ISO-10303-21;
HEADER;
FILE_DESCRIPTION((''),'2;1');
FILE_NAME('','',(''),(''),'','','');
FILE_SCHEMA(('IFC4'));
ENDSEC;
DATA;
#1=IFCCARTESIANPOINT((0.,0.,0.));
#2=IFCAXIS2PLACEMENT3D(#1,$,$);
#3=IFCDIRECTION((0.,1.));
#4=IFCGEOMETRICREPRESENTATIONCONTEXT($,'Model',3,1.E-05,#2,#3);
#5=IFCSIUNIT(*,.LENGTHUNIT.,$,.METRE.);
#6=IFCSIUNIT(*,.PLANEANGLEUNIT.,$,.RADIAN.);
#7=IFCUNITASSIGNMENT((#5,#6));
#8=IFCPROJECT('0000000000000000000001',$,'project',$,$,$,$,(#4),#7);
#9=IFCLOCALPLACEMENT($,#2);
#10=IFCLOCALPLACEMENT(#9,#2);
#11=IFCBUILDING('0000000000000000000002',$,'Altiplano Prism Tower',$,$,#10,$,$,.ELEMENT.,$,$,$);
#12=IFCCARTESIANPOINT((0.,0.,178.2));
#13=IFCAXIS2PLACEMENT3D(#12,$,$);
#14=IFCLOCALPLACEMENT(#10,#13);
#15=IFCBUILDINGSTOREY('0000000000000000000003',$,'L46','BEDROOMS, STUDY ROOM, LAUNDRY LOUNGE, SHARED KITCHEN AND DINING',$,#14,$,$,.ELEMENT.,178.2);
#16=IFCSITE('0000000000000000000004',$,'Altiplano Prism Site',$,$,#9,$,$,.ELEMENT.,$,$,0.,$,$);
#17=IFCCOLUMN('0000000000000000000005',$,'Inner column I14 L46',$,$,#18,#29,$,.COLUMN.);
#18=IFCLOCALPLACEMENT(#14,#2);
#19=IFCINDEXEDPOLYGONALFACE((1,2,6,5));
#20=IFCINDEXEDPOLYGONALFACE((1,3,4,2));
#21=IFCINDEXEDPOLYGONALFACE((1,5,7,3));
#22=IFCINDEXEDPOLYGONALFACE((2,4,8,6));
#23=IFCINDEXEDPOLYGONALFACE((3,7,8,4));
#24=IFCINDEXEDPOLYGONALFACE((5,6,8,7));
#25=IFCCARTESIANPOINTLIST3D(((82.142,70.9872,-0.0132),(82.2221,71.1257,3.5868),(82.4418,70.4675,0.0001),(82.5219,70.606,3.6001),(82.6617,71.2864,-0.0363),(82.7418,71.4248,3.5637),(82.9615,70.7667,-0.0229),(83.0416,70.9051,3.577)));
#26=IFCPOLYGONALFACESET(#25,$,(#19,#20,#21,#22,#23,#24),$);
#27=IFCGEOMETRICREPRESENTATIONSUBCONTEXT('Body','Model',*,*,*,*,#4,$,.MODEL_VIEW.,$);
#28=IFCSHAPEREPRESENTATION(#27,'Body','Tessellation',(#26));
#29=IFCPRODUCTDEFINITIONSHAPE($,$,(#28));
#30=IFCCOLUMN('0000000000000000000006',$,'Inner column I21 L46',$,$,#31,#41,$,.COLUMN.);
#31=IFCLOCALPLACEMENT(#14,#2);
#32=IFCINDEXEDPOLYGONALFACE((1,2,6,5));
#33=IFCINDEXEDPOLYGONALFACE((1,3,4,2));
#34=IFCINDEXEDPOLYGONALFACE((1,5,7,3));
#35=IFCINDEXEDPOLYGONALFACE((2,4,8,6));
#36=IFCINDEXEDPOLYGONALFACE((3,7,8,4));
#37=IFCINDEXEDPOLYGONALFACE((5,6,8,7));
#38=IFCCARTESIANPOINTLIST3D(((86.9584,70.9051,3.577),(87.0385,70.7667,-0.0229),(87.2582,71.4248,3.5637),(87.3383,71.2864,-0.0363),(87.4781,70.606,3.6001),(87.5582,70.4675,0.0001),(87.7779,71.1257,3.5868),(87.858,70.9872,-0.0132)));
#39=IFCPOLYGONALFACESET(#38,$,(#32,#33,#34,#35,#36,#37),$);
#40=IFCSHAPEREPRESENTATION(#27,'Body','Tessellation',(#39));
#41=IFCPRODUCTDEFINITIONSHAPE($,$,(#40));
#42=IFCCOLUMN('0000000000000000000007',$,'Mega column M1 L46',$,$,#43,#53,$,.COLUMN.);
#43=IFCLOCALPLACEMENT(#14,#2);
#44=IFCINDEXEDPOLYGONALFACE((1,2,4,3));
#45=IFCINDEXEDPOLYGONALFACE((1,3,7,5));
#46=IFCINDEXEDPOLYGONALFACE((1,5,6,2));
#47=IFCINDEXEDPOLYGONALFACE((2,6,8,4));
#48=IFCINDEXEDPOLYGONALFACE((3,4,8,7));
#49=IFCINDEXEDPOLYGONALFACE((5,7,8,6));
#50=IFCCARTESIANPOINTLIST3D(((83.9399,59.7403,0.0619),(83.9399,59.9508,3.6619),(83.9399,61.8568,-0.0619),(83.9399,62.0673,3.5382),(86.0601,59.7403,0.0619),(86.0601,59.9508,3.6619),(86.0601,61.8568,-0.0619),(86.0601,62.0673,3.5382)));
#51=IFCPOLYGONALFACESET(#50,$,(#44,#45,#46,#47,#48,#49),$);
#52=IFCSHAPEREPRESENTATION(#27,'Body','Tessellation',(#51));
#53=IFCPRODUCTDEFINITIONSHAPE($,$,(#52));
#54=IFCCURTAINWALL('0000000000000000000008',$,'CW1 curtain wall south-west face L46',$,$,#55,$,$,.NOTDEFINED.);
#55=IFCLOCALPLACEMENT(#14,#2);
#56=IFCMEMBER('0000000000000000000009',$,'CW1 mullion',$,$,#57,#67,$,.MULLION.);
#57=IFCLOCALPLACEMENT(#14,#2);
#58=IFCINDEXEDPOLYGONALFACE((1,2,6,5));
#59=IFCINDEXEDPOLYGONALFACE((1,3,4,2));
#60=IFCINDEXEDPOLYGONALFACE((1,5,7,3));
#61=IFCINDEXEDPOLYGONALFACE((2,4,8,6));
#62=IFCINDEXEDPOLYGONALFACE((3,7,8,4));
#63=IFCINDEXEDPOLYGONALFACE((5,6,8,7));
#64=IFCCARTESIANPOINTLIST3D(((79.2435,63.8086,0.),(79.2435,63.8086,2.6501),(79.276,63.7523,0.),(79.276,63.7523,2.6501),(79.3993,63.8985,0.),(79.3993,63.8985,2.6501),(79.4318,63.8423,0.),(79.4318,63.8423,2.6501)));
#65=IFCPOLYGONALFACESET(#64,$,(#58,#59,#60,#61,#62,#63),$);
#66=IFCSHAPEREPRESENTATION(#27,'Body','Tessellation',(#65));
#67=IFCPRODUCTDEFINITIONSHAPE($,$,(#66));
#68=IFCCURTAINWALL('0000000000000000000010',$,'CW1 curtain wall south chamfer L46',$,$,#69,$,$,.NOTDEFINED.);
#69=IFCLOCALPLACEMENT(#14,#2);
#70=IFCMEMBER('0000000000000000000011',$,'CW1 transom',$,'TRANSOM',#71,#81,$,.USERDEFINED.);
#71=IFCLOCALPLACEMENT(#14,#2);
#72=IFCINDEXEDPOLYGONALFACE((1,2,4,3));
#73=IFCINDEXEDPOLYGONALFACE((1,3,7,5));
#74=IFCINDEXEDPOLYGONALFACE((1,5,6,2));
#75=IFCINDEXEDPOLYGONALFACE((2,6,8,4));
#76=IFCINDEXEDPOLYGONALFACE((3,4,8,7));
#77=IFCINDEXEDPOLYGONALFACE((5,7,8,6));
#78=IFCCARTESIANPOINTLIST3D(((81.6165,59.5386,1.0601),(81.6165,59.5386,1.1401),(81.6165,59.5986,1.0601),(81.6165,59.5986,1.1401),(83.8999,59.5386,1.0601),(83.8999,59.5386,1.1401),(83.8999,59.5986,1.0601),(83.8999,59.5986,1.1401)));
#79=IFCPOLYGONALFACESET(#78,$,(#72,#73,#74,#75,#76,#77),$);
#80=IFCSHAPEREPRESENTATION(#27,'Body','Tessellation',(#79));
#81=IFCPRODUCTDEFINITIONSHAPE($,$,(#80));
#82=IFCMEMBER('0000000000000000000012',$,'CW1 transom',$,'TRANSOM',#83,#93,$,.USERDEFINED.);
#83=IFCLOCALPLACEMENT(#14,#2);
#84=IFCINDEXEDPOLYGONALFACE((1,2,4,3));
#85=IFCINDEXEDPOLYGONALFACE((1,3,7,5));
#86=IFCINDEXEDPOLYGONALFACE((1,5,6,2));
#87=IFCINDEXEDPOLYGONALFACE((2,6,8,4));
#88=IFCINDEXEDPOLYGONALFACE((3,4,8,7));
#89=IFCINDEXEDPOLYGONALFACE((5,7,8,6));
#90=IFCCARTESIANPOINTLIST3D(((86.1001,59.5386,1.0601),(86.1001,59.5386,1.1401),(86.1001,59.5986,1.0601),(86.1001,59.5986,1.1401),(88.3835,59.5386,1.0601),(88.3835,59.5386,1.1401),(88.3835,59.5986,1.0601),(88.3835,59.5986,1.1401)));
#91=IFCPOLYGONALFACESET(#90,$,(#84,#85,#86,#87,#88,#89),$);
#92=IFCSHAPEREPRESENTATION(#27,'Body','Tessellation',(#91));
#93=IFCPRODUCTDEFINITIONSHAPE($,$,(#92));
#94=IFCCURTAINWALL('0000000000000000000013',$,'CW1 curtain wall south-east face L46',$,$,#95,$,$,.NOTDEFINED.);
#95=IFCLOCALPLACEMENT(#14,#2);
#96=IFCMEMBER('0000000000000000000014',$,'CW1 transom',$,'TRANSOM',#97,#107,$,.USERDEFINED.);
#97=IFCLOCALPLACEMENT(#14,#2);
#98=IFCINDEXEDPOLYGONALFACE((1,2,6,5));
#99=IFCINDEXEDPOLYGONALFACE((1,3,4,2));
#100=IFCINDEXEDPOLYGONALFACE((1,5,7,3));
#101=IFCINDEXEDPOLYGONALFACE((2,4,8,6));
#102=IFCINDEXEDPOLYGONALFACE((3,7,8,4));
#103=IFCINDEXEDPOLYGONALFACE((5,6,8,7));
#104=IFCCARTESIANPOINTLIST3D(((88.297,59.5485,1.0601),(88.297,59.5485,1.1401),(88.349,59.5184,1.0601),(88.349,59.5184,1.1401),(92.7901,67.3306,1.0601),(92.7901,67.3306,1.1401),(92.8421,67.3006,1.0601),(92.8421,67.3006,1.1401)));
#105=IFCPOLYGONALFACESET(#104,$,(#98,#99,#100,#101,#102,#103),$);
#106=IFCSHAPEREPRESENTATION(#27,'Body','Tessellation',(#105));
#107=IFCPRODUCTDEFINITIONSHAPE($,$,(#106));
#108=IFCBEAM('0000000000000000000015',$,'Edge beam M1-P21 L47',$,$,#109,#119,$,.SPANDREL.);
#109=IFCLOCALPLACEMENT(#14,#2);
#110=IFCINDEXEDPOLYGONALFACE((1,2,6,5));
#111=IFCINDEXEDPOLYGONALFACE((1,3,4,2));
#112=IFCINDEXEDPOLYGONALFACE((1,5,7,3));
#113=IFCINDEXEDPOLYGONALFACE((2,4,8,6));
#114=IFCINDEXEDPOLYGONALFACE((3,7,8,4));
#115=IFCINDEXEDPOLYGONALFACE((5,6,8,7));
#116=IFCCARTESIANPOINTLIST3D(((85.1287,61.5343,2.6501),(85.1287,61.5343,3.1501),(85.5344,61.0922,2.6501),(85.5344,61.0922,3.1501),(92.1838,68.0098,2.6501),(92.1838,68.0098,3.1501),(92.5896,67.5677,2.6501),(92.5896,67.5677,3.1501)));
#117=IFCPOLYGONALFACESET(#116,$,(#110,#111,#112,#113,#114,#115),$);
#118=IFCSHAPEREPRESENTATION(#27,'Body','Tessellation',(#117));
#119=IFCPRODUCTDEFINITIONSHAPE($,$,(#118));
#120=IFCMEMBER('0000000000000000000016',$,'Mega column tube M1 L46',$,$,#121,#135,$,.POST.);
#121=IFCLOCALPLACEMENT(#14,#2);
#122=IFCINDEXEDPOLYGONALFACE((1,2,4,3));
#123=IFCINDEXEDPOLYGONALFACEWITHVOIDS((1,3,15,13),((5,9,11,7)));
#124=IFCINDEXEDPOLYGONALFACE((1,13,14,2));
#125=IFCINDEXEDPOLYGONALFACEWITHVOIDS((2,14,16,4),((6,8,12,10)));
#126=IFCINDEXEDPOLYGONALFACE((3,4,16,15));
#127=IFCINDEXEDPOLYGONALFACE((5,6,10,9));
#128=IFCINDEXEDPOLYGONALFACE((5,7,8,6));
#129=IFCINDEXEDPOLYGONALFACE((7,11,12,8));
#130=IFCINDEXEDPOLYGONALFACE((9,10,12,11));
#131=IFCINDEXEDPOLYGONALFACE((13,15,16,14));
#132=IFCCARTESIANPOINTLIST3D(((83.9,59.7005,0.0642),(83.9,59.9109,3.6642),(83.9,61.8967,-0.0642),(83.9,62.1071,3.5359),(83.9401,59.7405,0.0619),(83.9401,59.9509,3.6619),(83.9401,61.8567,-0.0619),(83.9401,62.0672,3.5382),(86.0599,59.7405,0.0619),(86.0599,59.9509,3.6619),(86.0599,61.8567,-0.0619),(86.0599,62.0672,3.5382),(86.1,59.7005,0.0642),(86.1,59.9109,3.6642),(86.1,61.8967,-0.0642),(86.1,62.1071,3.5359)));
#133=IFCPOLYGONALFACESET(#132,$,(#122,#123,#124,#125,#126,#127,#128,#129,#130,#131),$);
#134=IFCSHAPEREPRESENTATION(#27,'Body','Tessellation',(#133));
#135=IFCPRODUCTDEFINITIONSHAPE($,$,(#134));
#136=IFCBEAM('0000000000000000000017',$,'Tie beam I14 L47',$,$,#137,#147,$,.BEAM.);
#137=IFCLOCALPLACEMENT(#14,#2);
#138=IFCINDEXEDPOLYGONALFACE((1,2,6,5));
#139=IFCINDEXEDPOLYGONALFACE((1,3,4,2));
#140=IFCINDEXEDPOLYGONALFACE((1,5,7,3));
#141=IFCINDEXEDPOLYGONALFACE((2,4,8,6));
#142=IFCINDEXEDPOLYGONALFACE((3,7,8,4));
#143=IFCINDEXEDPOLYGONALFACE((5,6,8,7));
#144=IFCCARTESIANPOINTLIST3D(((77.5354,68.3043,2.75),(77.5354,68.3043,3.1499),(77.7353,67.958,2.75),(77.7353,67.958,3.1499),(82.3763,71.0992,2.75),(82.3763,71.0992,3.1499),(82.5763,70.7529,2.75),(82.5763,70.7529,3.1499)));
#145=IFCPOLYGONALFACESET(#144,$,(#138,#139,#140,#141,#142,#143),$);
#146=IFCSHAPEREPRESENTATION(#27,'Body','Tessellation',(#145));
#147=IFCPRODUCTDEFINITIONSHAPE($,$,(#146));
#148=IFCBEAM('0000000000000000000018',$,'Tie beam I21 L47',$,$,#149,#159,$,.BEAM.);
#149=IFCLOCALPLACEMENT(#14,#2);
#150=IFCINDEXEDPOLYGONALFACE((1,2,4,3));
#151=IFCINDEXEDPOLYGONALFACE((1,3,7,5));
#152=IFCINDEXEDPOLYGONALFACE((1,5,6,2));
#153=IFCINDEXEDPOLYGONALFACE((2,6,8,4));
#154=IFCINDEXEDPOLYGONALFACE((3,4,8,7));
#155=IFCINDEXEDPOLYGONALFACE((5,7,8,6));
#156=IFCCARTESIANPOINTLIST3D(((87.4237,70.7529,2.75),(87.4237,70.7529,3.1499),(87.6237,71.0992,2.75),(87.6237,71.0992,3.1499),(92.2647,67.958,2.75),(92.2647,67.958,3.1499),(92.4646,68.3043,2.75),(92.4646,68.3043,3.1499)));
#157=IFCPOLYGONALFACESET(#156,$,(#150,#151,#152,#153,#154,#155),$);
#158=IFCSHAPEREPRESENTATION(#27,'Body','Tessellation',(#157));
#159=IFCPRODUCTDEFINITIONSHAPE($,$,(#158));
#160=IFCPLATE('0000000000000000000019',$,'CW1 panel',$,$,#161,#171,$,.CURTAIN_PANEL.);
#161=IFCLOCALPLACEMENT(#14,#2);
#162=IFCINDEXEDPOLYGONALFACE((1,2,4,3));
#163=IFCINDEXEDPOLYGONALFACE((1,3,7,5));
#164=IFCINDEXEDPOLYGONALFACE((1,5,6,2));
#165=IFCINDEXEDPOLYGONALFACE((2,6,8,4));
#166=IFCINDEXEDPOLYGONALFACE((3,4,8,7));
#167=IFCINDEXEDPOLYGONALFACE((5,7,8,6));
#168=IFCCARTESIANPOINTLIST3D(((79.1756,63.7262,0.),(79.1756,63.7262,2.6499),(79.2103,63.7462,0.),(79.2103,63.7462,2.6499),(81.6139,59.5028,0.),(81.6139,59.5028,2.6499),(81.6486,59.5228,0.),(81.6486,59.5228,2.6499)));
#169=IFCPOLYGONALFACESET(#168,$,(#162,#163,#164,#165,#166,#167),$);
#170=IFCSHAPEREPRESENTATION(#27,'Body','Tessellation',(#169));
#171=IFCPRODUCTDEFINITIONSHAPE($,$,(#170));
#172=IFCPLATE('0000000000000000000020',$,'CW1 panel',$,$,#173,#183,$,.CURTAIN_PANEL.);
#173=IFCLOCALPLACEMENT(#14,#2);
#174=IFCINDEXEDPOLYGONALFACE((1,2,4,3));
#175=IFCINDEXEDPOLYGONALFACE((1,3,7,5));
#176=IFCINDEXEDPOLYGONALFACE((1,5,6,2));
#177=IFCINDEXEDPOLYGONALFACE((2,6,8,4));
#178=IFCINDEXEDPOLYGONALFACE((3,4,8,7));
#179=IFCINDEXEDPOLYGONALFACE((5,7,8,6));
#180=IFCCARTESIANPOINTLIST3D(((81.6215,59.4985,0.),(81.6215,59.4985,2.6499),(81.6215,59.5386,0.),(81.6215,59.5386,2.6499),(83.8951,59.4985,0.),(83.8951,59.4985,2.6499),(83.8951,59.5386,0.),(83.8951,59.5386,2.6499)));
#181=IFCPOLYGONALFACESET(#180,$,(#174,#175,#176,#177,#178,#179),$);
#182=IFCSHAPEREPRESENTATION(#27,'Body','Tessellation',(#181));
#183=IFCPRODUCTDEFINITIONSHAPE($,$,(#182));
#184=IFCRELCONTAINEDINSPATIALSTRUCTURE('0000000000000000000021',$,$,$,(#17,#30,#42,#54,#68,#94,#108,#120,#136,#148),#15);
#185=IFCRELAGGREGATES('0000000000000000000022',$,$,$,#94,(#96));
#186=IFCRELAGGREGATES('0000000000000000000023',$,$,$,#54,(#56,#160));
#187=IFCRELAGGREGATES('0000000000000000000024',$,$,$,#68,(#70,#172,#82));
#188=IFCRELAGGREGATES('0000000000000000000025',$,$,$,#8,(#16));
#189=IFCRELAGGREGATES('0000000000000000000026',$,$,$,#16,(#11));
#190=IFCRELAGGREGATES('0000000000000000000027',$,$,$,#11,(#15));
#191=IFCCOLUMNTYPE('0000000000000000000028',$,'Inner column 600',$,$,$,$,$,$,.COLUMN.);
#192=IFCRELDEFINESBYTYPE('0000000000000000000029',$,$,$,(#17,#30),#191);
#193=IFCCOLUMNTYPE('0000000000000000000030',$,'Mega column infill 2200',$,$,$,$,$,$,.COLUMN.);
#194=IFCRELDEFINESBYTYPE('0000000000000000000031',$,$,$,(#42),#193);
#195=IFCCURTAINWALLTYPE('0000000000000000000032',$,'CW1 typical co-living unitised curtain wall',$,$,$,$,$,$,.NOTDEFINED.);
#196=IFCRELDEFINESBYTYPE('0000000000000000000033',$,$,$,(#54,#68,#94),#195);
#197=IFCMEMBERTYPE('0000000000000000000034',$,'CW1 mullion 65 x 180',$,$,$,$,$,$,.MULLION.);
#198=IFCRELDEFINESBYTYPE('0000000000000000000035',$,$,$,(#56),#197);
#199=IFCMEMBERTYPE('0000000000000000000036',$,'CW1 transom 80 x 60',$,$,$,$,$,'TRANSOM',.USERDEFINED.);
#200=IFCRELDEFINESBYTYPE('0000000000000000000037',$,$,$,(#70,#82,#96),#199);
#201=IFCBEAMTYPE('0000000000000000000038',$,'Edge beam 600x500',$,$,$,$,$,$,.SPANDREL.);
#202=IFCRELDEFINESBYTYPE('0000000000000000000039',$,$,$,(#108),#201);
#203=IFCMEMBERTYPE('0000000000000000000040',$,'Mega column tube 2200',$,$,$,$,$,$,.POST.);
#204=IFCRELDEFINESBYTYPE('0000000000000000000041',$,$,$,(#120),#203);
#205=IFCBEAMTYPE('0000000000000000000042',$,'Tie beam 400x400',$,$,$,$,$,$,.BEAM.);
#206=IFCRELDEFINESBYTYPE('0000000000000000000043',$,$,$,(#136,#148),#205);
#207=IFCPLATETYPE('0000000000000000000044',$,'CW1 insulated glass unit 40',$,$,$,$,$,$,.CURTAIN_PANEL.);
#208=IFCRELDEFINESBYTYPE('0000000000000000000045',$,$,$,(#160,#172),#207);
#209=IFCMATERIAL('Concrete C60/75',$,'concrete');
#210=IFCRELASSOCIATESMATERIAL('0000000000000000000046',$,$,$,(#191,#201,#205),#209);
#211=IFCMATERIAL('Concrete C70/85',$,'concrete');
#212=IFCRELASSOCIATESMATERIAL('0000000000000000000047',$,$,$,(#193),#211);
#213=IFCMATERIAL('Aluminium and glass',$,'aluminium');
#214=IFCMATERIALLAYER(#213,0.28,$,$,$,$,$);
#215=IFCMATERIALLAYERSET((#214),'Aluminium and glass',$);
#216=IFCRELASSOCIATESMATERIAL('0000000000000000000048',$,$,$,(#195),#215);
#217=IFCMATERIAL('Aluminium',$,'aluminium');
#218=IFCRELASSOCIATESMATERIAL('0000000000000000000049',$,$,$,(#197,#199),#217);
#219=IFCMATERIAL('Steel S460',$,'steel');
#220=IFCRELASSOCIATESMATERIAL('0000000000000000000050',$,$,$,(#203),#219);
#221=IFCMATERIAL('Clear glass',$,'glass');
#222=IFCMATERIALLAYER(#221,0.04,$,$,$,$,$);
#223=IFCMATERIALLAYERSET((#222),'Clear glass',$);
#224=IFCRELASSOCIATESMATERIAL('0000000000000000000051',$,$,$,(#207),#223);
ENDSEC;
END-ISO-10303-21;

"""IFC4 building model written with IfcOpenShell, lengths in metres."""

from ifc_helpers import new_model, si_unit, direction, frame, origin, origin_2d, place, context, subcontext, project, spatial, rectangle, hollow_rectangle, extrude, material, layer, layer_set, material_profile, profile_set, type_object, element, aggregate, save


model = new_model("IFC4")

# Units and contexts
model_context = context("Model", 3, precision=1e-05, world=origin(), true_north=direction((0.0, 1.0)))
body_context = subcontext(model_context, "Body", "Model", "MODEL_VIEW")
ifc_project = project(units=[si_unit("LENGTHUNIT", "METRE"), si_unit("PLANEANGLEUNIT", "RADIAN")], contexts=[model_context])

# Site, building, storey
site_placement = place(None, origin())
site = spatial("IfcSite", under=ifc_project, at=site_placement, Name="Altiplano Prism Site", CompositionType="ELEMENT", RefElevation=0.0)
building_placement = place(site_placement, origin())
building = spatial("IfcBuilding", under=site, at=building_placement, Name="Altiplano Prism Tower", CompositionType="ELEMENT")
storey_placement = place(building_placement, frame((0.0, 0.0, 178.2)))
storey = spatial("IfcBuildingStorey", under=building, at=storey_placement, Name="L46", Description="BEDROOMS, STUDY ROOM, LAUNDRY LOUNGE, SHARED KITCHEN AND DINING", CompositionType="ELEMENT", Elevation=178.2)

# Columns
ifc_material_1 = material(Name="Concrete C60/75", Category="concrete")
ifc_material_profile_1 = material_profile(ifc_material_1, rectangle(XDim=0.6001, YDim=0.6001, at=origin_2d()), Name="Inner column 600")
ifc_profile_set_1 = profile_set([ifc_material_profile_1], Name="Concrete C60/75")
column_type_1 = type_object("IfcColumnType", Name="Inner column 600", PredefinedType="COLUMN", material=ifc_profile_set_1)
for number, where, z_axis, x_axis, name in (
    (1, (82.5518, 70.877, -0.0181), (0.022223, 0.038416, 0.999015), (-0.866023, -0.498525, 0.038435), "Inner column I14 L46"),
    (2, (87.4482, 70.877, -0.0181), (-0.022223, 0.038416, 0.999015), (-0.49951, -0.866024, 0.02219), "Inner column I21 L46"),
):
    element("IfcColumn", number, at=place(storey_placement, frame(where, z_axis=z_axis, x_axis=x_axis)), inside=storey, type_object=column_type_1, Name=name, PredefinedType="COLUMN", context=body_context, shape_type="SweptSolid", body=[
        extrude(rectangle(XDim=0.6001, YDim=0.6001, at=origin_2d()), origin(), (0.0, 0.0, 1.0), 3.6035),
    ])
ifc_material_2 = material(Name="Concrete C70/85", Category="concrete")
ifc_material_profile_2 = material_profile(ifc_material_2, rectangle(XDim=2.1201, YDim=2.1201, at=origin_2d()), Name="Mega column infill 2200")
ifc_profile_set_2 = profile_set([ifc_material_profile_2], Name="Concrete C70/85")
column_type_2 = type_object("IfcColumnType", Name="Mega column infill 2200", PredefinedType="COLUMN", material=ifc_profile_set_2)
column_placement = place(storey_placement, frame((85.0, 60.7986, 0.0), z_axis=(0.0, 0.058357, 0.998296), x_axis=(-1.0, 0.0, 0.0)))
element("IfcColumn", 3, at=column_placement, inside=storey, type_object=column_type_2, Name="Mega column M1 L46", PredefinedType="COLUMN", context=body_context, shape_type="SweptSolid", body=[
    extrude(rectangle(XDim=2.1201, YDim=2.1201, at=origin_2d()), origin(), (0.0, 0.0, 1.0), 3.6062),
])

# Curtain wall, member
ifc_material_3 = material(Name="Aluminium and glass", Category="aluminium")
ifc_layer_1 = layer(ifc_material_3, 0.28)
ifc_layer_set_1 = layer_set([ifc_layer_1], Name="Aluminium and glass")
curtain_wall_type = type_object("IfcCurtainWallType", Name="CW1 typical co-living unitised curtain wall", PredefinedType="NOTDEFINED", material=ifc_layer_set_1)
curtain_wall_1_placement = place(storey_placement, origin())
curtain_wall_1 = element("IfcCurtainWall", 4, at=curtain_wall_1_placement, inside=storey, type_object=curtain_wall_type, Name="CW1 curtain wall south-west face L46", PredefinedType="NOTDEFINED")
ifc_material_4 = material(Name="Aluminium", Category="aluminium")
ifc_material_profile_3 = material_profile(ifc_material_4, rectangle(XDim=0.1799, YDim=0.0649, at=origin_2d()), Name="CW1 mullion 65 x 180")
ifc_profile_set_3 = profile_set([ifc_material_profile_3], Name="Aluminium")
member_type_1 = type_object("IfcMemberType", Name="CW1 mullion 65 x 180", PredefinedType="MULLION", material=ifc_profile_set_3)
member_1_placement = place(storey_placement, frame((79.3376, 63.8254, 0.0), z_axis=(0.0, 0.0, 1.0), x_axis=(0.866025, 0.5, 0.0)))
member_1 = element("IfcMember", 5, at=member_1_placement, type_object=member_type_1, Name="CW1 mullion", PredefinedType="MULLION", context=body_context, shape_type="SweptSolid", body=[
    extrude(rectangle(XDim=0.1799, YDim=0.0649, at=origin_2d()), origin(), (0.0, 0.0, 1.0), 2.6501),
])

# Curtain wall, members
curtain_wall_2_placement = place(storey_placement, origin())
curtain_wall_2 = element("IfcCurtainWall", 6, at=curtain_wall_2_placement, inside=storey, type_object=curtain_wall_type, Name="CW1 curtain wall south chamfer L46", PredefinedType="NOTDEFINED")
ifc_material_profile_4 = material_profile(ifc_material_4, rectangle(XDim=0.0601, YDim=0.0801, at=origin_2d()), Name="CW1 transom 80 x 60")
ifc_profile_set_4 = profile_set([ifc_material_profile_4], Name="Aluminium")
member_type_2 = type_object("IfcMemberType", Name="CW1 transom 80 x 60", ElementType="TRANSOM", PredefinedType="USERDEFINED", material=ifc_profile_set_4)
member_2_placement = place(storey_placement, frame((81.6165, 59.5686, 1.1001), z_axis=(1.0, 0.0, 0.0), x_axis=(0.0, 1.0, 0.0)))
member_2 = element("IfcMember", 7, at=member_2_placement, type_object=member_type_2, Name="CW1 transom", ObjectType="TRANSOM", PredefinedType="USERDEFINED", context=body_context, shape_type="SweptSolid", body=[
    extrude(rectangle(XDim=0.0601, YDim=0.0801, at=origin_2d()), origin(), (0.0, 0.0, 1.0), 2.2834),
])
member_3_placement = place(storey_placement, frame((86.1001, 59.5686, 1.1001), z_axis=(1.0, 0.0, 0.0), x_axis=(0.0, 1.0, 0.0)))
member_3 = element("IfcMember", 8, at=member_3_placement, type_object=member_type_2, Name="CW1 transom", ObjectType="TRANSOM", PredefinedType="USERDEFINED", context=body_context, shape_type="SweptSolid", body=[
    extrude(rectangle(XDim=0.0601, YDim=0.0801, at=origin_2d()), origin(), (0.0, 0.0, 1.0), 2.2834),
])

# Curtain wall, member
curtain_wall_3_placement = place(storey_placement, origin())
curtain_wall_3 = element("IfcCurtainWall", 9, at=curtain_wall_3_placement, inside=storey, type_object=curtain_wall_type, Name="CW1 curtain wall south-east face L46", PredefinedType="NOTDEFINED")
member_4_placement = place(storey_placement, frame((88.323, 59.5334, 1.1001), z_axis=(0.500008, 0.866021, 0.0), x_axis=(-0.866021, 0.500008, 0.0)))
member_4 = element("IfcMember", 10, at=member_4_placement, type_object=member_type_2, Name="CW1 transom", ObjectType="TRANSOM", PredefinedType="USERDEFINED", context=body_context, shape_type="SweptSolid", body=[
    extrude(rectangle(XDim=0.0601, YDim=0.0801, at=origin_2d()), origin(), (0.0, 0.0, 1.0), 8.9861),
])
aggregate(curtain_wall_3, [member_4])

# Beam
ifc_material_profile_5 = material_profile(ifc_material_1, rectangle(XDim=0.6001, YDim=0.5, at=origin_2d()), Name="Edge beam 600x500")
ifc_profile_set_5 = profile_set([ifc_material_profile_5], Name="Concrete C60/75")
beam_type_1 = type_object("IfcBeamType", Name="Edge beam 600x500", PredefinedType="SPANDREL", material=ifc_profile_set_5)
beam_placement = place(storey_placement, frame((85.3315, 61.3132, 2.9001), z_axis=(0.73672, 0.676198, 0.0), x_axis=(-0.676198, 0.73672, 0.0)))
element("IfcBeam", 11, at=beam_placement, inside=storey, type_object=beam_type_1, Name="Edge beam M1-P21 L47", PredefinedType="SPANDREL", context=body_context, shape_type="SweptSolid", body=[
    extrude(rectangle(XDim=0.6001, YDim=0.5, at=origin_2d()), origin(), (0.0, 0.0, 1.0), 9.5764),
])

# Member
ifc_material_5 = material(Name="Steel S460", Category="steel")
ifc_material_profile_6 = material_profile(ifc_material_5, hollow_rectangle(XDim=2.2, YDim=2.2, WallThickness=0.04, at=origin_2d()), Name="Mega column tube 2200")
ifc_profile_set_6 = profile_set([ifc_material_profile_6], Name="Steel S460")
member_type_3 = type_object("IfcMemberType", Name="Mega column tube 2200", PredefinedType="POST", material=ifc_profile_set_6)
member_5_placement = place(storey_placement, frame((85.0, 60.7986, 0.0), z_axis=(0.0, 0.058357, 0.998296), x_axis=(-1.0, 0.0, 0.0)))
element("IfcMember", 12, at=member_5_placement, inside=storey, type_object=member_type_3, Name="Mega column tube M1 L46", PredefinedType="POST", context=body_context, shape_type="SweptSolid", body=[
    extrude(hollow_rectangle(XDim=2.2, YDim=2.2, WallThickness=0.04, at=origin_2d()), origin(), (0.0, 0.0, 1.0), 3.6062),
])

# Beams
ifc_material_profile_7 = material_profile(ifc_material_1, rectangle(XDim=0.3999, YDim=0.3999, at=origin_2d()), Name="Tie beam 400x400")
ifc_profile_set_7 = profile_set([ifc_material_profile_7], Name="Concrete C60/75")
beam_type_2 = type_object("IfcBeamType", Name="Tie beam 400x400", PredefinedType="BEAM", material=ifc_profile_set_7)
for number, where, z_axis, x_axis, name in (
    (13, (82.4763, 70.926, 2.95), (-0.866031, -0.499991, 0.0), (0.499991, -0.866031, 0.0), "Tie beam I14 L47"),
    (14, (87.5237, 70.926, 2.95), (0.866031, -0.499991, 0.0), (0.499991, 0.866031, 0.0), "Tie beam I21 L47"),
):
    element("IfcBeam", number, at=place(storey_placement, frame(where, z_axis=z_axis, x_axis=x_axis)), inside=storey, type_object=beam_type_2, Name=name, PredefinedType="BEAM", context=body_context, shape_type="SweptSolid", body=[
        extrude(rectangle(XDim=0.3999, YDim=0.3999, at=origin_2d()), origin(), (0.0, 0.0, 1.0), 5.5898),
    ])

# Plates
ifc_material_6 = material(Name="Clear glass", Category="glass")
ifc_layer_2 = layer(ifc_material_6, 0.04)
ifc_layer_set_2 = layer_set([ifc_layer_2], Name="Clear glass")
plate_type = type_object("IfcPlateType", Name="CW1 insulated glass unit 40", PredefinedType="CURTAIN_PANEL", material=ifc_layer_set_2)
plate_1_placement = place(storey_placement, frame((80.4121, 61.6245, 0.0), z_axis=(0.0, 0.0, 1.0), x_axis=(0.5, -0.866025, 0.0)))
plate_1 = element("IfcPlate", 15, at=plate_1_placement, type_object=plate_type, Name="CW1 panel", PredefinedType="CURTAIN_PANEL", context=body_context, shape_type="SweptSolid", body=[
    extrude(rectangle(XDim=4.8767, YDim=0.04, at=origin_2d()), origin(), (0.0, 0.0, 1.0), 2.6499),
])
aggregate(curtain_wall_1, [member_1, plate_1])
plate_2_placement = place(storey_placement, frame((82.7583, 59.5186, 0.0), z_axis=(0.0, 0.0, 1.0), x_axis=(1.0, 0.0, 0.0)))
plate_2 = element("IfcPlate", 16, at=plate_2_placement, type_object=plate_type, Name="CW1 panel", PredefinedType="CURTAIN_PANEL", context=body_context, shape_type="SweptSolid", body=[
    extrude(rectangle(XDim=2.2737, YDim=0.04, at=origin_2d()), origin(), (0.0, 0.0, 1.0), 2.6499),
])
aggregate(curtain_wall_2, [member_2, plate_2, member_3])

save(model, "model.ifc")
